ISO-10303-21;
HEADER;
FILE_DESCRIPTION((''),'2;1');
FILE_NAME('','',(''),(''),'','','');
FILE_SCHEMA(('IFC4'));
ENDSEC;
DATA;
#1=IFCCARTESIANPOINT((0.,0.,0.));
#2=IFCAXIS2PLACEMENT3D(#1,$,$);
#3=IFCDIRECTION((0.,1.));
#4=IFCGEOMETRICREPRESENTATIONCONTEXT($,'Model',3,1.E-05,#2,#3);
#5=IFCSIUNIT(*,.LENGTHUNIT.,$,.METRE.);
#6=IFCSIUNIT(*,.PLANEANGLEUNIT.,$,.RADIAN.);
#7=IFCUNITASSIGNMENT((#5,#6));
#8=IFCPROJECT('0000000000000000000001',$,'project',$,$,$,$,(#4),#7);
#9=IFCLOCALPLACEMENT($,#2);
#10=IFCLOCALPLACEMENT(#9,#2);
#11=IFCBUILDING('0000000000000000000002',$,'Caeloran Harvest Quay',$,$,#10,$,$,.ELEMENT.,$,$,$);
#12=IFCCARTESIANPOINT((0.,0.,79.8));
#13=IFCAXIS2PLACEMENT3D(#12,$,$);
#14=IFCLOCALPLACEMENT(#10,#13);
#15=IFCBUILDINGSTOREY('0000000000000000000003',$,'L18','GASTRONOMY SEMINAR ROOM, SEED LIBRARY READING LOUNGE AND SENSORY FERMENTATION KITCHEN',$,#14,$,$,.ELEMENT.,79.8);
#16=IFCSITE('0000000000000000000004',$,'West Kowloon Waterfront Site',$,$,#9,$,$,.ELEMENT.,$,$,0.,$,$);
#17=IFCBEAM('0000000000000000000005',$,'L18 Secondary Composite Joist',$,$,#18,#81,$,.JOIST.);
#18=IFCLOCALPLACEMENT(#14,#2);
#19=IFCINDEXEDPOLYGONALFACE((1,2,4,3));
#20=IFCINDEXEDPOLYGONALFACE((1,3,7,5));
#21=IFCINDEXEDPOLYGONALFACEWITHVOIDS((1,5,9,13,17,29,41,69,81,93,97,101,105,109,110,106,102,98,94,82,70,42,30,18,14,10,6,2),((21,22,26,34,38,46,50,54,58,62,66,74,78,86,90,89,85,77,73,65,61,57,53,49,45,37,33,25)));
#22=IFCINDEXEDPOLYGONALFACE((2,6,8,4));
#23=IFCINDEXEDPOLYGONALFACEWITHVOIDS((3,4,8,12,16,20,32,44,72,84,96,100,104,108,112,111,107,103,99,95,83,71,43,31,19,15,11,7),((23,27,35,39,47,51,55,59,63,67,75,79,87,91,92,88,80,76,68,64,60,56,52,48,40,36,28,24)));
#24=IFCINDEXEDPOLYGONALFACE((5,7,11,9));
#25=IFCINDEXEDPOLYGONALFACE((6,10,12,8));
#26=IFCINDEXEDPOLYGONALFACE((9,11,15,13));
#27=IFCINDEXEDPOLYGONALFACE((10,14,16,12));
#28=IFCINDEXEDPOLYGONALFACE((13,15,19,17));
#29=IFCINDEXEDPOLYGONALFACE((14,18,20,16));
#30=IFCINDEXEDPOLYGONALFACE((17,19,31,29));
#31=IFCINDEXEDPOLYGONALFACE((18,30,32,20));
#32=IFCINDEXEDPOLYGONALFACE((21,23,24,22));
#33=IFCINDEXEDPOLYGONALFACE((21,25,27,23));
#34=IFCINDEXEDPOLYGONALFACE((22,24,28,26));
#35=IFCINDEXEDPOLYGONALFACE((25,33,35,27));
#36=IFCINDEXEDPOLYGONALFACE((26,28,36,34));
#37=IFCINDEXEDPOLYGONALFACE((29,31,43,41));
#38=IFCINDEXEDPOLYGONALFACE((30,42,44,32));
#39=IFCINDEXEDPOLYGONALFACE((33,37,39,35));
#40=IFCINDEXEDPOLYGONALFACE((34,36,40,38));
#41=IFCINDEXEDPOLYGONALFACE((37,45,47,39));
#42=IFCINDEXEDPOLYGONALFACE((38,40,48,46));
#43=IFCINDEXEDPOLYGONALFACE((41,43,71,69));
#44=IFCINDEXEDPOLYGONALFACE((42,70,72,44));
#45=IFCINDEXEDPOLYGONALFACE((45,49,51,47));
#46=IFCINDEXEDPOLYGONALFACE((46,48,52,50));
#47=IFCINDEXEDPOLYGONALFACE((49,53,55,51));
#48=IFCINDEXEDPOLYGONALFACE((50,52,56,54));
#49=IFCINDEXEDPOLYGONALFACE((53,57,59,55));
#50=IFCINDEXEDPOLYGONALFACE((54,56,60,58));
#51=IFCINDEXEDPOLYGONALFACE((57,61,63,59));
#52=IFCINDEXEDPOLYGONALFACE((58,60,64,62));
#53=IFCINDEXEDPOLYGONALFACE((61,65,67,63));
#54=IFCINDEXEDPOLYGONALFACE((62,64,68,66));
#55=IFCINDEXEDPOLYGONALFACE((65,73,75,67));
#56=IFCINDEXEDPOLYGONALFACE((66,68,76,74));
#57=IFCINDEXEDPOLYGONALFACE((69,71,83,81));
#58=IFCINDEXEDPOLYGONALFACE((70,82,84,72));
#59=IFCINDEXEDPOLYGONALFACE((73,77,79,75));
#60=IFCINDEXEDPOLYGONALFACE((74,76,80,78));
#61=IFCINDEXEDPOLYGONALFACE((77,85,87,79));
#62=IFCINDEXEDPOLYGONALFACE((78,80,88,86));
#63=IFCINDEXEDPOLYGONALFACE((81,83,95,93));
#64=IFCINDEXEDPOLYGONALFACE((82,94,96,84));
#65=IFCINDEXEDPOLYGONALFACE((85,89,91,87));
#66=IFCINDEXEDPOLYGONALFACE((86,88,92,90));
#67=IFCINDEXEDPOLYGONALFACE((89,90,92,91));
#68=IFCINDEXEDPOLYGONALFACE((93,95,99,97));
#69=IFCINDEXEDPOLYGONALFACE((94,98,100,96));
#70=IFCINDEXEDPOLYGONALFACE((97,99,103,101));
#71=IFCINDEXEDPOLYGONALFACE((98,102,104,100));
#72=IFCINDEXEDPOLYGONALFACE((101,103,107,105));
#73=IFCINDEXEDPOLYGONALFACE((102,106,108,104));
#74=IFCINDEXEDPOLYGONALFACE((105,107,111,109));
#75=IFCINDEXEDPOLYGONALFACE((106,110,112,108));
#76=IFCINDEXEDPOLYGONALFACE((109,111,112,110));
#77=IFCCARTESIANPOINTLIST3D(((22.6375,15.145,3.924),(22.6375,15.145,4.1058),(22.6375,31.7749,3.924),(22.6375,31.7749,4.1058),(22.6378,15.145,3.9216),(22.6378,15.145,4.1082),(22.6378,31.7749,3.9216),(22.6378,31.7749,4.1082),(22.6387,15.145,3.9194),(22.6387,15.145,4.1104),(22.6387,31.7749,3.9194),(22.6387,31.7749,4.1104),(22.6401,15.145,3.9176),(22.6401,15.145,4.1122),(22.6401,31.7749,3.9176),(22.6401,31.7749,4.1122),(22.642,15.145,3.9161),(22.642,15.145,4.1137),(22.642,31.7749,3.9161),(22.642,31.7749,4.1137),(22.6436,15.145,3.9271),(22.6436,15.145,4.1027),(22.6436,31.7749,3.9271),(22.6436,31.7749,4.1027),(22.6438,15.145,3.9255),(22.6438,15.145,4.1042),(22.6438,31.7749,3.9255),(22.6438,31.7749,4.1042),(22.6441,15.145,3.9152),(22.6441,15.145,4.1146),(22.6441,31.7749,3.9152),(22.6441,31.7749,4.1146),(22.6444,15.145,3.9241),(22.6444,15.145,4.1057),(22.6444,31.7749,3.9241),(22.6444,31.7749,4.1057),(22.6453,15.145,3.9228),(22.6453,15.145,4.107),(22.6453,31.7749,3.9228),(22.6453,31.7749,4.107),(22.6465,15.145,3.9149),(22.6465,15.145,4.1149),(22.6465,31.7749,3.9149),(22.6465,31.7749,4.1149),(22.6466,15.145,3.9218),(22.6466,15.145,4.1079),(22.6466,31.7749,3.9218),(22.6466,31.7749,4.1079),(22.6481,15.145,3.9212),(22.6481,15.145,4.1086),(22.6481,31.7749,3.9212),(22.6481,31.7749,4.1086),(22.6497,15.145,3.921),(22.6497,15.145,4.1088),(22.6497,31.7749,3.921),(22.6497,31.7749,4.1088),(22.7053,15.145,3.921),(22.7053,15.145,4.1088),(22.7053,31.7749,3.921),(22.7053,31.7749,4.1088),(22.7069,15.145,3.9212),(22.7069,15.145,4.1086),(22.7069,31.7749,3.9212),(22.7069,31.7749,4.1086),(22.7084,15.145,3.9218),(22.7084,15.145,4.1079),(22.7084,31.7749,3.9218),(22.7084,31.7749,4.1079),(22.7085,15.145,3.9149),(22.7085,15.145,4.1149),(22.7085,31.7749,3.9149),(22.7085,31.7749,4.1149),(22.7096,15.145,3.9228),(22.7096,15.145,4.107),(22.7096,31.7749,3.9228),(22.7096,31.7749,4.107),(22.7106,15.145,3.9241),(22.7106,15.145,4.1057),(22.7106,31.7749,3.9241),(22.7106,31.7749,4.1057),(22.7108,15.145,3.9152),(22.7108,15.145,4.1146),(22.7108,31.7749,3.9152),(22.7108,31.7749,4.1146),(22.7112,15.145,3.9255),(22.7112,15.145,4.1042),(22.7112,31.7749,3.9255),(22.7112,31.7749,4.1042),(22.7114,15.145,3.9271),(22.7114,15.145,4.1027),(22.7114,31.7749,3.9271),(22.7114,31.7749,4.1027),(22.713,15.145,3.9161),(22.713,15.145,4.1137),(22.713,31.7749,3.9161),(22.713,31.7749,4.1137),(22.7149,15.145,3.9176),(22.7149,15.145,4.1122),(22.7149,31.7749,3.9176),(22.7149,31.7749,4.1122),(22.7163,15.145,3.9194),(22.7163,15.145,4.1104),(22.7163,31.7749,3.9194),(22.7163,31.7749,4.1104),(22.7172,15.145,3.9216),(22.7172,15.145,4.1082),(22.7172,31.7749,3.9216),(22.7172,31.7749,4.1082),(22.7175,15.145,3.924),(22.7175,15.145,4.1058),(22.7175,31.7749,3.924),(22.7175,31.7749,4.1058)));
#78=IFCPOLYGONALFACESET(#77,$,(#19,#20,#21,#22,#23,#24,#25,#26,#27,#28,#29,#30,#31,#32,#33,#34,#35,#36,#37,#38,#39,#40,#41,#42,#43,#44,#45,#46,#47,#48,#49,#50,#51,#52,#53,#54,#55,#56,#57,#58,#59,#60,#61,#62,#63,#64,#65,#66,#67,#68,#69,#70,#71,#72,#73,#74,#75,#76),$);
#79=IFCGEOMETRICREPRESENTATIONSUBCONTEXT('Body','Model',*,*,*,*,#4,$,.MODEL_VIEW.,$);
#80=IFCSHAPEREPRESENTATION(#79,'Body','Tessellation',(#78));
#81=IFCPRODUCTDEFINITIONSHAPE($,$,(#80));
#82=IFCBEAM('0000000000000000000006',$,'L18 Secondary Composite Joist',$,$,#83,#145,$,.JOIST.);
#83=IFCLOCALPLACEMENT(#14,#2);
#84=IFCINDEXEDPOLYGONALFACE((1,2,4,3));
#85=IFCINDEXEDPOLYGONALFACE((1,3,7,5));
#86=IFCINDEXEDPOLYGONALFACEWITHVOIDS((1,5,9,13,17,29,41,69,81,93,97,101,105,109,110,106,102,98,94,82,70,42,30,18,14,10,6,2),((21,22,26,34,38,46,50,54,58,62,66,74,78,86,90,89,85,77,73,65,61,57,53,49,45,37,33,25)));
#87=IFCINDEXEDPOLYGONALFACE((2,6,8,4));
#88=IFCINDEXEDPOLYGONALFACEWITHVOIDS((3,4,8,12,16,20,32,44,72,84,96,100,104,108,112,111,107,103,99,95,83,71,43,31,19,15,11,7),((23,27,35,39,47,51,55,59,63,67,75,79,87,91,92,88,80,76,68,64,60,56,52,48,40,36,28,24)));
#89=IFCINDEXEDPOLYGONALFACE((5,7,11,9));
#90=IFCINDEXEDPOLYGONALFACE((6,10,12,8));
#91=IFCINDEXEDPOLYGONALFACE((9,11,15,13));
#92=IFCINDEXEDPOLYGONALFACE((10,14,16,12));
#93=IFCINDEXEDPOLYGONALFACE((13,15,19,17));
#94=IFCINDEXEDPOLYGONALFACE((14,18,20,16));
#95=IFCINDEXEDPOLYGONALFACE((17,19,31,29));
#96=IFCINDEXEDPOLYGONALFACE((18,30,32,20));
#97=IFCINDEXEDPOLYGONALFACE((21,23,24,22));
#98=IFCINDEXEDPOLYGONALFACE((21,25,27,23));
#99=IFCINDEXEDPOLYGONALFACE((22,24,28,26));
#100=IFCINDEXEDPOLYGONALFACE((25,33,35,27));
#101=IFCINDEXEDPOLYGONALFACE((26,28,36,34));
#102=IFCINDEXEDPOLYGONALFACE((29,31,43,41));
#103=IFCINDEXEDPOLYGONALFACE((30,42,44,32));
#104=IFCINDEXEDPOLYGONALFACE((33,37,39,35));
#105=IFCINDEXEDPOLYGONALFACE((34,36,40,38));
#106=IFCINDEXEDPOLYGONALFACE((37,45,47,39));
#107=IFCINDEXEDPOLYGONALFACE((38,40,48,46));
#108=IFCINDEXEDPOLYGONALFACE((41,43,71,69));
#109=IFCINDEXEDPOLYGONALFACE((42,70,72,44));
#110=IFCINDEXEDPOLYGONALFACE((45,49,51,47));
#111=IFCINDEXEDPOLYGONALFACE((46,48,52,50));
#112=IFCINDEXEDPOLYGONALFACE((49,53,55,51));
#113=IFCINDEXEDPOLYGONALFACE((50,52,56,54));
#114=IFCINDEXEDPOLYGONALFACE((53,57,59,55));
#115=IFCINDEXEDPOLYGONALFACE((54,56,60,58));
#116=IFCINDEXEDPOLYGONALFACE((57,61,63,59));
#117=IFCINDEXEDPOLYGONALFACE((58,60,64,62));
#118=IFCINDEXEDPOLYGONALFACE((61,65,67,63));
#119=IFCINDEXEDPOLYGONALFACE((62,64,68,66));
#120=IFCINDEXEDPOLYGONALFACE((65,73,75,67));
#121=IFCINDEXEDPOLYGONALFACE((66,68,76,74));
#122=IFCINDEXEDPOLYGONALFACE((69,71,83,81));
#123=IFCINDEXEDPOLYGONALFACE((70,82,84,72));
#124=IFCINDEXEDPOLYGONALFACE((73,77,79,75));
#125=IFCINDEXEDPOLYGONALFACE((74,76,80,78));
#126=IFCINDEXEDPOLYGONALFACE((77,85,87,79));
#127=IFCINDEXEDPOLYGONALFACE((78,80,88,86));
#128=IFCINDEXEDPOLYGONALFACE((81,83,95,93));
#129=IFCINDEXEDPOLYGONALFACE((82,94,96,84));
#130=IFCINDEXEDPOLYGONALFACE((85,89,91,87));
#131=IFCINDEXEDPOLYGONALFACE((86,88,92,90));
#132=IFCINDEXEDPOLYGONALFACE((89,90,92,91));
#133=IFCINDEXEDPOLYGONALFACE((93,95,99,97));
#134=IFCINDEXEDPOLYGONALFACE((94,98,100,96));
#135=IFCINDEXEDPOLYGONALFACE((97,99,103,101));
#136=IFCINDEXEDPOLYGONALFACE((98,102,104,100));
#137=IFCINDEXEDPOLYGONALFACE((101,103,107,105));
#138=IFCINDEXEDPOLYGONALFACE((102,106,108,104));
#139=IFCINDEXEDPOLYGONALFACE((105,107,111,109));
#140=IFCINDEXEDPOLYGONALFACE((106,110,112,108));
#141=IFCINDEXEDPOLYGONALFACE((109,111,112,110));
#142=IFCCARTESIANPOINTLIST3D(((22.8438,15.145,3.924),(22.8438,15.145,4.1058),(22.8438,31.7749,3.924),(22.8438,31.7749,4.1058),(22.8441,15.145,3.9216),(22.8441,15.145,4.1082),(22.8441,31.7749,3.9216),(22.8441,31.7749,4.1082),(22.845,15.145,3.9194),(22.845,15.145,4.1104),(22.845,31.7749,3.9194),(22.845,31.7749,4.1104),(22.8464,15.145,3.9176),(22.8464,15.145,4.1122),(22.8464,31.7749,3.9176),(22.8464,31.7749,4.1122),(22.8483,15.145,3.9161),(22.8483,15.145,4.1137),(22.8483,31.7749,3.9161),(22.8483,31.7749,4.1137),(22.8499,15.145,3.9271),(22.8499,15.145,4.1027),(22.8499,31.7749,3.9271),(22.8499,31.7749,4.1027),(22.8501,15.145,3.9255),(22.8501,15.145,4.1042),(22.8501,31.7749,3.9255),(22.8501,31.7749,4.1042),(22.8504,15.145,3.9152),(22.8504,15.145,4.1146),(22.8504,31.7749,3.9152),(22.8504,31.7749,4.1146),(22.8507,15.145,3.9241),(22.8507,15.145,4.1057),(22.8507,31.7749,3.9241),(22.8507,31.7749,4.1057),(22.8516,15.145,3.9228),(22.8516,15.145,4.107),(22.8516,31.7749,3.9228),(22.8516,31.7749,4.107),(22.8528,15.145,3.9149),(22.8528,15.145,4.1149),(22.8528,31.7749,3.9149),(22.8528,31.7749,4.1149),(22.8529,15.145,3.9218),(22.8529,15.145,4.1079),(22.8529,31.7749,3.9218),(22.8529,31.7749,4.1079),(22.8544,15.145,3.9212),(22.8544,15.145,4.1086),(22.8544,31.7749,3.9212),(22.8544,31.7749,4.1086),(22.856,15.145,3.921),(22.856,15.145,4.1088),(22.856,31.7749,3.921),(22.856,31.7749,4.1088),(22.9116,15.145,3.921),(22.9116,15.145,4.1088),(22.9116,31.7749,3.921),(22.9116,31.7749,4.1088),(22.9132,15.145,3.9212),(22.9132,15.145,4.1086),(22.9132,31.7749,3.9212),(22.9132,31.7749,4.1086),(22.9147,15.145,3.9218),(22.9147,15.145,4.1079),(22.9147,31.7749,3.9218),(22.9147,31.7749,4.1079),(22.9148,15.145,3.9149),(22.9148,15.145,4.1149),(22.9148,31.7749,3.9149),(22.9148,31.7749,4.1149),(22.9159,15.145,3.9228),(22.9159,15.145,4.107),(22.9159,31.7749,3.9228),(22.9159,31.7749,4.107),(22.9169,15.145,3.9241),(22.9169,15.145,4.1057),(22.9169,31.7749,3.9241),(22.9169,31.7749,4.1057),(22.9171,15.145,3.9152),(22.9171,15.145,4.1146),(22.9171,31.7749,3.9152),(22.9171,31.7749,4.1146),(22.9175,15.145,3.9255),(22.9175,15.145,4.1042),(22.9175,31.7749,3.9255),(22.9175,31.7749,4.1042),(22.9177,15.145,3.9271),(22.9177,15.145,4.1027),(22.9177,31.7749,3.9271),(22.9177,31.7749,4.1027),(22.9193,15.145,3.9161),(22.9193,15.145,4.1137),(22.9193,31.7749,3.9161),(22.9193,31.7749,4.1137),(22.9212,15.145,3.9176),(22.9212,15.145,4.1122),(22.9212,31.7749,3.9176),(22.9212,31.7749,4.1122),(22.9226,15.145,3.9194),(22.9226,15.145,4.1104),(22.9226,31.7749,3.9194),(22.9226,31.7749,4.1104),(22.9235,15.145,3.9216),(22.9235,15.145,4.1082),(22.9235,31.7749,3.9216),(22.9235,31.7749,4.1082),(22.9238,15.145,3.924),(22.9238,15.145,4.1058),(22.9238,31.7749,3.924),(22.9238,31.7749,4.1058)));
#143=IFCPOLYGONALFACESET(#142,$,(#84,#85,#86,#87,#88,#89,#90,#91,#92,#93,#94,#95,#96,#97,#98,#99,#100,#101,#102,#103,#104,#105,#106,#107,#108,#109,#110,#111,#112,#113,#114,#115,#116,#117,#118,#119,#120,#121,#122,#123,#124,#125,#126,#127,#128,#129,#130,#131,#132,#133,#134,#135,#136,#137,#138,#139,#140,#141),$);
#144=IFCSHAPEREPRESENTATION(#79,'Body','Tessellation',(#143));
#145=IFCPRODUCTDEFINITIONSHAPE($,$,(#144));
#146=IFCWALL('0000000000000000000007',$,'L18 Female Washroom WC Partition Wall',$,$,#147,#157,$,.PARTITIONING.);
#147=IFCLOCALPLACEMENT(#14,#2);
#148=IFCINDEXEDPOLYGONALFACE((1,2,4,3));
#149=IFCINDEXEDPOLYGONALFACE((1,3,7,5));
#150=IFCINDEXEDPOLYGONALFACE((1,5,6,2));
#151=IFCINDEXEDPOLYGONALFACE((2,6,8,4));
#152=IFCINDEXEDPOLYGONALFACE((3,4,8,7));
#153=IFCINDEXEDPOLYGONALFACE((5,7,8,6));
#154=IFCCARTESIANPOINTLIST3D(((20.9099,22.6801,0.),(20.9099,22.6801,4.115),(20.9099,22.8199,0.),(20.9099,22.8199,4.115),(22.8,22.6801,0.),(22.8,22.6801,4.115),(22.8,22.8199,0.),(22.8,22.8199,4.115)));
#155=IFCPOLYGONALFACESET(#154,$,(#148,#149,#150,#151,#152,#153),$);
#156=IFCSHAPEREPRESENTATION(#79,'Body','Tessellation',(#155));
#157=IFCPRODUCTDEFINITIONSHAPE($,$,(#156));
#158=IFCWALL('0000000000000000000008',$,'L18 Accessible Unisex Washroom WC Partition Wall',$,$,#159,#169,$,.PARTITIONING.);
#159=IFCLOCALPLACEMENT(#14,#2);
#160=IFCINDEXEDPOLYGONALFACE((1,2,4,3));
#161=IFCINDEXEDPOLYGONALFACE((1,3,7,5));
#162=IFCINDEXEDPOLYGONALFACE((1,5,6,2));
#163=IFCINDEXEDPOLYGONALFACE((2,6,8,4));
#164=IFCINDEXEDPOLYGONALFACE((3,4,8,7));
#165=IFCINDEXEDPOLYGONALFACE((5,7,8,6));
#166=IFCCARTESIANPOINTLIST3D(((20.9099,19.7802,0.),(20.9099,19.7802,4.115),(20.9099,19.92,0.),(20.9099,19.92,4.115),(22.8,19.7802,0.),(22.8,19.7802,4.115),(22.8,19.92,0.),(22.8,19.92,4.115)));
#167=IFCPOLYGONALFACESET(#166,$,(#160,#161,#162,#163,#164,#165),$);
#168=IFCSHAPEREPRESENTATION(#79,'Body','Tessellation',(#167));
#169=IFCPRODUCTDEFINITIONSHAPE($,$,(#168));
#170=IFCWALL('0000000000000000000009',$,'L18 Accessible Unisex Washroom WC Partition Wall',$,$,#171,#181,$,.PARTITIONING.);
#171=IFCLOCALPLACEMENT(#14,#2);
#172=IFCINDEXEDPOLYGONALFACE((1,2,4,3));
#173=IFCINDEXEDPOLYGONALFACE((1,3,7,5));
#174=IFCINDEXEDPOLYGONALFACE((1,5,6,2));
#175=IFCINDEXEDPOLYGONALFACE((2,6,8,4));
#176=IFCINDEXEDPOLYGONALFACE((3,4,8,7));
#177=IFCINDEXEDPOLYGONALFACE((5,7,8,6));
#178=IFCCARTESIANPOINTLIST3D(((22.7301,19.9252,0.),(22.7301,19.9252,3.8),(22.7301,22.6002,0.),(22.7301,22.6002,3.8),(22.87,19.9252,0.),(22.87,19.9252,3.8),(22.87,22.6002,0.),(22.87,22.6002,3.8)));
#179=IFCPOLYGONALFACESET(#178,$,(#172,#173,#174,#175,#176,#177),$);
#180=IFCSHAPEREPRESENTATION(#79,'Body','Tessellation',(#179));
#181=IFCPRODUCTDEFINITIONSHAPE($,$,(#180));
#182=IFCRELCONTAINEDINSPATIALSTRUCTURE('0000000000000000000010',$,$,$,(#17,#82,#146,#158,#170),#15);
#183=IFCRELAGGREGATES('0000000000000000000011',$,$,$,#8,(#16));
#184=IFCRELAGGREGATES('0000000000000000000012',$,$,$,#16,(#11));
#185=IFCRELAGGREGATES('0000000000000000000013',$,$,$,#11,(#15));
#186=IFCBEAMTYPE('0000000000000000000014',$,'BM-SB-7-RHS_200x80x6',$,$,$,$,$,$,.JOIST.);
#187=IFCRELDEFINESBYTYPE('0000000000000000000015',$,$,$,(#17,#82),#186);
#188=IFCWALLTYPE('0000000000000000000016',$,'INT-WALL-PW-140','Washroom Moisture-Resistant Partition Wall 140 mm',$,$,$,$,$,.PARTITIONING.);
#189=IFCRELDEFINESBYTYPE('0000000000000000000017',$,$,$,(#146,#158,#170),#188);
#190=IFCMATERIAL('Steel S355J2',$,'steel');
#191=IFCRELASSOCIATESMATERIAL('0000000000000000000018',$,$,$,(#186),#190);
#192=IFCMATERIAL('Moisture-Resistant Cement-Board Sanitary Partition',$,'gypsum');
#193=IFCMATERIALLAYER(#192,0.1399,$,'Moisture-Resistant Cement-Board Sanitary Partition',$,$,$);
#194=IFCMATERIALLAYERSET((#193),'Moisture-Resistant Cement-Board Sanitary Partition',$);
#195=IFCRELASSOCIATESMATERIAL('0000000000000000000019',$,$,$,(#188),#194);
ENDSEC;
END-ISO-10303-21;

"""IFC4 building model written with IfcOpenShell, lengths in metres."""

from ifc_helpers import new_model, si_unit, direction, frame, frame_2d, origin, origin_2d, place, context, subcontext, project, spatial, rectangle, hollow_rectangle, extrude, material, layer, layer_set, material_profile, profile_set, type_object, element, save


model = new_model("IFC4")

# Units and contexts
model_context = context("Model", 3, precision=1e-05, world=origin(), true_north=direction((0.0, 1.0)))
body_context = subcontext(model_context, "Body", "Model", "MODEL_VIEW")
ifc_project = project(units=[si_unit("LENGTHUNIT", "METRE"), si_unit("PLANEANGLEUNIT", "RADIAN")], contexts=[model_context])

# Site, building, storey
site_placement = place(None, origin())
site = spatial("IfcSite", under=ifc_project, at=site_placement, Name="West Kowloon Waterfront Site", CompositionType="ELEMENT", RefElevation=0.0)
building_placement = place(site_placement, origin())
building = spatial("IfcBuilding", under=site, at=building_placement, Name="Caeloran Harvest Quay", CompositionType="ELEMENT")
storey_placement = place(building_placement, frame((0.0, 0.0, 79.8)))
storey = spatial("IfcBuildingStorey", under=building, at=storey_placement, Name="L18", Description="GASTRONOMY SEMINAR ROOM, SEED LIBRARY READING LOUNGE AND SENSORY FERMENTATION KITCHEN", CompositionType="ELEMENT", Elevation=79.8)

# Beams
ifc_material_1 = material(Name="Steel S355J2", Category="steel")
ifc_material_profile_1 = material_profile(ifc_material_1, hollow_rectangle(XDim=0.0801, YDim=0.2, WallThickness=0.0061, InnerFilletRadius=0.0061, OuterFilletRadius=0.009, at=origin_2d()), Name="RHS 200x80x6")
ifc_profile_set_1 = profile_set([ifc_material_profile_1], Name="Steel S355J2")
beam_type_1 = type_object("IfcBeamType", Name="BM-SB-7-RHS_200x80x6", PredefinedType="JOIST", material=ifc_profile_set_1)
for number, where, z_axis, x_axis, name in (
    (1, (22.6775, 15.145, 4.0149), (0.0, 1.0, 0.0), (-1.0, 0.0, 0.0), "L18 Secondary Composite Joist"),
    (2, (22.8838, 15.145, 4.0149), (0.0, 1.0, 0.0), (-1.0, 0.0, 0.0), "L18 Secondary Composite Joist"),
):
    element("IfcBeam", number, at=place(storey_placement, frame(where, z_axis=z_axis, x_axis=x_axis)), inside=storey, type_object=beam_type_1, Name=name, PredefinedType="JOIST", context=body_context, shape_type="SweptSolid", body=[
        extrude(hollow_rectangle(XDim=0.0801, YDim=0.2, WallThickness=0.0061, InnerFilletRadius=0.0061, OuterFilletRadius=0.009, at=origin_2d()), origin(), (0.0, 0.0, 1.0), 16.6299),
    ])

# Wall
ifc_material_2 = material(Name="Moisture-Resistant Cement-Board Sanitary Partition", Category="gypsum")
ifc_layer_1 = layer(ifc_material_2, 0.1399, Name="Moisture-Resistant Cement-Board Sanitary Partition")
ifc_layer_set_1 = layer_set([ifc_layer_1], Name="Moisture-Resistant Cement-Board Sanitary Partition")
wall_type_1 = type_object("IfcWallType", Name="INT-WALL-PW-140", Description="Washroom Moisture-Resistant Partition Wall 140 mm", PredefinedType="PARTITIONING", material=ifc_layer_set_1)
wall_1_placement = place(storey_placement, frame((22.8, 22.75, 0.0), z_axis=(0.0, 0.0, 1.0), x_axis=(-1.0, 0.0, 0.0)))
element("IfcWall", 3, at=wall_1_placement, inside=storey, type_object=wall_type_1, Name="L18 Female Washroom WC Partition Wall", PredefinedType="PARTITIONING", context=body_context, shape_type="SweptSolid", body=[
    extrude(rectangle(XDim=1.8901, YDim=0.1399, at=frame_2d((0.9451, 0.0))), origin(), (0.0, 0.0, 1.0), 4.115),
])

# Wall
wall_2_placement = place(storey_placement, frame((22.8, 19.8501, 0.0), z_axis=(0.0, 0.0, 1.0), x_axis=(-1.0, 0.0, 0.0)))
element("IfcWall", 4, at=wall_2_placement, inside=storey, type_object=wall_type_1, Name="L18 Accessible Unisex Washroom WC Partition Wall", PredefinedType="PARTITIONING", context=body_context, shape_type="SweptSolid", body=[
    extrude(rectangle(XDim=1.8901, YDim=0.1399, at=frame_2d((0.9451, 0.0))), origin(), (0.0, 0.0, 1.0), 4.115),
])

# Wall
wall_3_placement = place(storey_placement, frame((22.8, 22.6001, 0.0), z_axis=(0.0, 0.0, 1.0), x_axis=(0.0, -1.0, 0.0)))
element("IfcWall", 5, at=wall_3_placement, inside=storey, type_object=wall_type_1, Name="L18 Accessible Unisex Washroom WC Partition Wall", PredefinedType="PARTITIONING", context=body_context, shape_type="SweptSolid", body=[
    extrude(rectangle(XDim=2.675, YDim=0.1399, at=frame_2d((1.3374, 0.0))), origin(), (0.0, 0.0, 1.0), 3.8),
])

save(model, "model.ifc")
